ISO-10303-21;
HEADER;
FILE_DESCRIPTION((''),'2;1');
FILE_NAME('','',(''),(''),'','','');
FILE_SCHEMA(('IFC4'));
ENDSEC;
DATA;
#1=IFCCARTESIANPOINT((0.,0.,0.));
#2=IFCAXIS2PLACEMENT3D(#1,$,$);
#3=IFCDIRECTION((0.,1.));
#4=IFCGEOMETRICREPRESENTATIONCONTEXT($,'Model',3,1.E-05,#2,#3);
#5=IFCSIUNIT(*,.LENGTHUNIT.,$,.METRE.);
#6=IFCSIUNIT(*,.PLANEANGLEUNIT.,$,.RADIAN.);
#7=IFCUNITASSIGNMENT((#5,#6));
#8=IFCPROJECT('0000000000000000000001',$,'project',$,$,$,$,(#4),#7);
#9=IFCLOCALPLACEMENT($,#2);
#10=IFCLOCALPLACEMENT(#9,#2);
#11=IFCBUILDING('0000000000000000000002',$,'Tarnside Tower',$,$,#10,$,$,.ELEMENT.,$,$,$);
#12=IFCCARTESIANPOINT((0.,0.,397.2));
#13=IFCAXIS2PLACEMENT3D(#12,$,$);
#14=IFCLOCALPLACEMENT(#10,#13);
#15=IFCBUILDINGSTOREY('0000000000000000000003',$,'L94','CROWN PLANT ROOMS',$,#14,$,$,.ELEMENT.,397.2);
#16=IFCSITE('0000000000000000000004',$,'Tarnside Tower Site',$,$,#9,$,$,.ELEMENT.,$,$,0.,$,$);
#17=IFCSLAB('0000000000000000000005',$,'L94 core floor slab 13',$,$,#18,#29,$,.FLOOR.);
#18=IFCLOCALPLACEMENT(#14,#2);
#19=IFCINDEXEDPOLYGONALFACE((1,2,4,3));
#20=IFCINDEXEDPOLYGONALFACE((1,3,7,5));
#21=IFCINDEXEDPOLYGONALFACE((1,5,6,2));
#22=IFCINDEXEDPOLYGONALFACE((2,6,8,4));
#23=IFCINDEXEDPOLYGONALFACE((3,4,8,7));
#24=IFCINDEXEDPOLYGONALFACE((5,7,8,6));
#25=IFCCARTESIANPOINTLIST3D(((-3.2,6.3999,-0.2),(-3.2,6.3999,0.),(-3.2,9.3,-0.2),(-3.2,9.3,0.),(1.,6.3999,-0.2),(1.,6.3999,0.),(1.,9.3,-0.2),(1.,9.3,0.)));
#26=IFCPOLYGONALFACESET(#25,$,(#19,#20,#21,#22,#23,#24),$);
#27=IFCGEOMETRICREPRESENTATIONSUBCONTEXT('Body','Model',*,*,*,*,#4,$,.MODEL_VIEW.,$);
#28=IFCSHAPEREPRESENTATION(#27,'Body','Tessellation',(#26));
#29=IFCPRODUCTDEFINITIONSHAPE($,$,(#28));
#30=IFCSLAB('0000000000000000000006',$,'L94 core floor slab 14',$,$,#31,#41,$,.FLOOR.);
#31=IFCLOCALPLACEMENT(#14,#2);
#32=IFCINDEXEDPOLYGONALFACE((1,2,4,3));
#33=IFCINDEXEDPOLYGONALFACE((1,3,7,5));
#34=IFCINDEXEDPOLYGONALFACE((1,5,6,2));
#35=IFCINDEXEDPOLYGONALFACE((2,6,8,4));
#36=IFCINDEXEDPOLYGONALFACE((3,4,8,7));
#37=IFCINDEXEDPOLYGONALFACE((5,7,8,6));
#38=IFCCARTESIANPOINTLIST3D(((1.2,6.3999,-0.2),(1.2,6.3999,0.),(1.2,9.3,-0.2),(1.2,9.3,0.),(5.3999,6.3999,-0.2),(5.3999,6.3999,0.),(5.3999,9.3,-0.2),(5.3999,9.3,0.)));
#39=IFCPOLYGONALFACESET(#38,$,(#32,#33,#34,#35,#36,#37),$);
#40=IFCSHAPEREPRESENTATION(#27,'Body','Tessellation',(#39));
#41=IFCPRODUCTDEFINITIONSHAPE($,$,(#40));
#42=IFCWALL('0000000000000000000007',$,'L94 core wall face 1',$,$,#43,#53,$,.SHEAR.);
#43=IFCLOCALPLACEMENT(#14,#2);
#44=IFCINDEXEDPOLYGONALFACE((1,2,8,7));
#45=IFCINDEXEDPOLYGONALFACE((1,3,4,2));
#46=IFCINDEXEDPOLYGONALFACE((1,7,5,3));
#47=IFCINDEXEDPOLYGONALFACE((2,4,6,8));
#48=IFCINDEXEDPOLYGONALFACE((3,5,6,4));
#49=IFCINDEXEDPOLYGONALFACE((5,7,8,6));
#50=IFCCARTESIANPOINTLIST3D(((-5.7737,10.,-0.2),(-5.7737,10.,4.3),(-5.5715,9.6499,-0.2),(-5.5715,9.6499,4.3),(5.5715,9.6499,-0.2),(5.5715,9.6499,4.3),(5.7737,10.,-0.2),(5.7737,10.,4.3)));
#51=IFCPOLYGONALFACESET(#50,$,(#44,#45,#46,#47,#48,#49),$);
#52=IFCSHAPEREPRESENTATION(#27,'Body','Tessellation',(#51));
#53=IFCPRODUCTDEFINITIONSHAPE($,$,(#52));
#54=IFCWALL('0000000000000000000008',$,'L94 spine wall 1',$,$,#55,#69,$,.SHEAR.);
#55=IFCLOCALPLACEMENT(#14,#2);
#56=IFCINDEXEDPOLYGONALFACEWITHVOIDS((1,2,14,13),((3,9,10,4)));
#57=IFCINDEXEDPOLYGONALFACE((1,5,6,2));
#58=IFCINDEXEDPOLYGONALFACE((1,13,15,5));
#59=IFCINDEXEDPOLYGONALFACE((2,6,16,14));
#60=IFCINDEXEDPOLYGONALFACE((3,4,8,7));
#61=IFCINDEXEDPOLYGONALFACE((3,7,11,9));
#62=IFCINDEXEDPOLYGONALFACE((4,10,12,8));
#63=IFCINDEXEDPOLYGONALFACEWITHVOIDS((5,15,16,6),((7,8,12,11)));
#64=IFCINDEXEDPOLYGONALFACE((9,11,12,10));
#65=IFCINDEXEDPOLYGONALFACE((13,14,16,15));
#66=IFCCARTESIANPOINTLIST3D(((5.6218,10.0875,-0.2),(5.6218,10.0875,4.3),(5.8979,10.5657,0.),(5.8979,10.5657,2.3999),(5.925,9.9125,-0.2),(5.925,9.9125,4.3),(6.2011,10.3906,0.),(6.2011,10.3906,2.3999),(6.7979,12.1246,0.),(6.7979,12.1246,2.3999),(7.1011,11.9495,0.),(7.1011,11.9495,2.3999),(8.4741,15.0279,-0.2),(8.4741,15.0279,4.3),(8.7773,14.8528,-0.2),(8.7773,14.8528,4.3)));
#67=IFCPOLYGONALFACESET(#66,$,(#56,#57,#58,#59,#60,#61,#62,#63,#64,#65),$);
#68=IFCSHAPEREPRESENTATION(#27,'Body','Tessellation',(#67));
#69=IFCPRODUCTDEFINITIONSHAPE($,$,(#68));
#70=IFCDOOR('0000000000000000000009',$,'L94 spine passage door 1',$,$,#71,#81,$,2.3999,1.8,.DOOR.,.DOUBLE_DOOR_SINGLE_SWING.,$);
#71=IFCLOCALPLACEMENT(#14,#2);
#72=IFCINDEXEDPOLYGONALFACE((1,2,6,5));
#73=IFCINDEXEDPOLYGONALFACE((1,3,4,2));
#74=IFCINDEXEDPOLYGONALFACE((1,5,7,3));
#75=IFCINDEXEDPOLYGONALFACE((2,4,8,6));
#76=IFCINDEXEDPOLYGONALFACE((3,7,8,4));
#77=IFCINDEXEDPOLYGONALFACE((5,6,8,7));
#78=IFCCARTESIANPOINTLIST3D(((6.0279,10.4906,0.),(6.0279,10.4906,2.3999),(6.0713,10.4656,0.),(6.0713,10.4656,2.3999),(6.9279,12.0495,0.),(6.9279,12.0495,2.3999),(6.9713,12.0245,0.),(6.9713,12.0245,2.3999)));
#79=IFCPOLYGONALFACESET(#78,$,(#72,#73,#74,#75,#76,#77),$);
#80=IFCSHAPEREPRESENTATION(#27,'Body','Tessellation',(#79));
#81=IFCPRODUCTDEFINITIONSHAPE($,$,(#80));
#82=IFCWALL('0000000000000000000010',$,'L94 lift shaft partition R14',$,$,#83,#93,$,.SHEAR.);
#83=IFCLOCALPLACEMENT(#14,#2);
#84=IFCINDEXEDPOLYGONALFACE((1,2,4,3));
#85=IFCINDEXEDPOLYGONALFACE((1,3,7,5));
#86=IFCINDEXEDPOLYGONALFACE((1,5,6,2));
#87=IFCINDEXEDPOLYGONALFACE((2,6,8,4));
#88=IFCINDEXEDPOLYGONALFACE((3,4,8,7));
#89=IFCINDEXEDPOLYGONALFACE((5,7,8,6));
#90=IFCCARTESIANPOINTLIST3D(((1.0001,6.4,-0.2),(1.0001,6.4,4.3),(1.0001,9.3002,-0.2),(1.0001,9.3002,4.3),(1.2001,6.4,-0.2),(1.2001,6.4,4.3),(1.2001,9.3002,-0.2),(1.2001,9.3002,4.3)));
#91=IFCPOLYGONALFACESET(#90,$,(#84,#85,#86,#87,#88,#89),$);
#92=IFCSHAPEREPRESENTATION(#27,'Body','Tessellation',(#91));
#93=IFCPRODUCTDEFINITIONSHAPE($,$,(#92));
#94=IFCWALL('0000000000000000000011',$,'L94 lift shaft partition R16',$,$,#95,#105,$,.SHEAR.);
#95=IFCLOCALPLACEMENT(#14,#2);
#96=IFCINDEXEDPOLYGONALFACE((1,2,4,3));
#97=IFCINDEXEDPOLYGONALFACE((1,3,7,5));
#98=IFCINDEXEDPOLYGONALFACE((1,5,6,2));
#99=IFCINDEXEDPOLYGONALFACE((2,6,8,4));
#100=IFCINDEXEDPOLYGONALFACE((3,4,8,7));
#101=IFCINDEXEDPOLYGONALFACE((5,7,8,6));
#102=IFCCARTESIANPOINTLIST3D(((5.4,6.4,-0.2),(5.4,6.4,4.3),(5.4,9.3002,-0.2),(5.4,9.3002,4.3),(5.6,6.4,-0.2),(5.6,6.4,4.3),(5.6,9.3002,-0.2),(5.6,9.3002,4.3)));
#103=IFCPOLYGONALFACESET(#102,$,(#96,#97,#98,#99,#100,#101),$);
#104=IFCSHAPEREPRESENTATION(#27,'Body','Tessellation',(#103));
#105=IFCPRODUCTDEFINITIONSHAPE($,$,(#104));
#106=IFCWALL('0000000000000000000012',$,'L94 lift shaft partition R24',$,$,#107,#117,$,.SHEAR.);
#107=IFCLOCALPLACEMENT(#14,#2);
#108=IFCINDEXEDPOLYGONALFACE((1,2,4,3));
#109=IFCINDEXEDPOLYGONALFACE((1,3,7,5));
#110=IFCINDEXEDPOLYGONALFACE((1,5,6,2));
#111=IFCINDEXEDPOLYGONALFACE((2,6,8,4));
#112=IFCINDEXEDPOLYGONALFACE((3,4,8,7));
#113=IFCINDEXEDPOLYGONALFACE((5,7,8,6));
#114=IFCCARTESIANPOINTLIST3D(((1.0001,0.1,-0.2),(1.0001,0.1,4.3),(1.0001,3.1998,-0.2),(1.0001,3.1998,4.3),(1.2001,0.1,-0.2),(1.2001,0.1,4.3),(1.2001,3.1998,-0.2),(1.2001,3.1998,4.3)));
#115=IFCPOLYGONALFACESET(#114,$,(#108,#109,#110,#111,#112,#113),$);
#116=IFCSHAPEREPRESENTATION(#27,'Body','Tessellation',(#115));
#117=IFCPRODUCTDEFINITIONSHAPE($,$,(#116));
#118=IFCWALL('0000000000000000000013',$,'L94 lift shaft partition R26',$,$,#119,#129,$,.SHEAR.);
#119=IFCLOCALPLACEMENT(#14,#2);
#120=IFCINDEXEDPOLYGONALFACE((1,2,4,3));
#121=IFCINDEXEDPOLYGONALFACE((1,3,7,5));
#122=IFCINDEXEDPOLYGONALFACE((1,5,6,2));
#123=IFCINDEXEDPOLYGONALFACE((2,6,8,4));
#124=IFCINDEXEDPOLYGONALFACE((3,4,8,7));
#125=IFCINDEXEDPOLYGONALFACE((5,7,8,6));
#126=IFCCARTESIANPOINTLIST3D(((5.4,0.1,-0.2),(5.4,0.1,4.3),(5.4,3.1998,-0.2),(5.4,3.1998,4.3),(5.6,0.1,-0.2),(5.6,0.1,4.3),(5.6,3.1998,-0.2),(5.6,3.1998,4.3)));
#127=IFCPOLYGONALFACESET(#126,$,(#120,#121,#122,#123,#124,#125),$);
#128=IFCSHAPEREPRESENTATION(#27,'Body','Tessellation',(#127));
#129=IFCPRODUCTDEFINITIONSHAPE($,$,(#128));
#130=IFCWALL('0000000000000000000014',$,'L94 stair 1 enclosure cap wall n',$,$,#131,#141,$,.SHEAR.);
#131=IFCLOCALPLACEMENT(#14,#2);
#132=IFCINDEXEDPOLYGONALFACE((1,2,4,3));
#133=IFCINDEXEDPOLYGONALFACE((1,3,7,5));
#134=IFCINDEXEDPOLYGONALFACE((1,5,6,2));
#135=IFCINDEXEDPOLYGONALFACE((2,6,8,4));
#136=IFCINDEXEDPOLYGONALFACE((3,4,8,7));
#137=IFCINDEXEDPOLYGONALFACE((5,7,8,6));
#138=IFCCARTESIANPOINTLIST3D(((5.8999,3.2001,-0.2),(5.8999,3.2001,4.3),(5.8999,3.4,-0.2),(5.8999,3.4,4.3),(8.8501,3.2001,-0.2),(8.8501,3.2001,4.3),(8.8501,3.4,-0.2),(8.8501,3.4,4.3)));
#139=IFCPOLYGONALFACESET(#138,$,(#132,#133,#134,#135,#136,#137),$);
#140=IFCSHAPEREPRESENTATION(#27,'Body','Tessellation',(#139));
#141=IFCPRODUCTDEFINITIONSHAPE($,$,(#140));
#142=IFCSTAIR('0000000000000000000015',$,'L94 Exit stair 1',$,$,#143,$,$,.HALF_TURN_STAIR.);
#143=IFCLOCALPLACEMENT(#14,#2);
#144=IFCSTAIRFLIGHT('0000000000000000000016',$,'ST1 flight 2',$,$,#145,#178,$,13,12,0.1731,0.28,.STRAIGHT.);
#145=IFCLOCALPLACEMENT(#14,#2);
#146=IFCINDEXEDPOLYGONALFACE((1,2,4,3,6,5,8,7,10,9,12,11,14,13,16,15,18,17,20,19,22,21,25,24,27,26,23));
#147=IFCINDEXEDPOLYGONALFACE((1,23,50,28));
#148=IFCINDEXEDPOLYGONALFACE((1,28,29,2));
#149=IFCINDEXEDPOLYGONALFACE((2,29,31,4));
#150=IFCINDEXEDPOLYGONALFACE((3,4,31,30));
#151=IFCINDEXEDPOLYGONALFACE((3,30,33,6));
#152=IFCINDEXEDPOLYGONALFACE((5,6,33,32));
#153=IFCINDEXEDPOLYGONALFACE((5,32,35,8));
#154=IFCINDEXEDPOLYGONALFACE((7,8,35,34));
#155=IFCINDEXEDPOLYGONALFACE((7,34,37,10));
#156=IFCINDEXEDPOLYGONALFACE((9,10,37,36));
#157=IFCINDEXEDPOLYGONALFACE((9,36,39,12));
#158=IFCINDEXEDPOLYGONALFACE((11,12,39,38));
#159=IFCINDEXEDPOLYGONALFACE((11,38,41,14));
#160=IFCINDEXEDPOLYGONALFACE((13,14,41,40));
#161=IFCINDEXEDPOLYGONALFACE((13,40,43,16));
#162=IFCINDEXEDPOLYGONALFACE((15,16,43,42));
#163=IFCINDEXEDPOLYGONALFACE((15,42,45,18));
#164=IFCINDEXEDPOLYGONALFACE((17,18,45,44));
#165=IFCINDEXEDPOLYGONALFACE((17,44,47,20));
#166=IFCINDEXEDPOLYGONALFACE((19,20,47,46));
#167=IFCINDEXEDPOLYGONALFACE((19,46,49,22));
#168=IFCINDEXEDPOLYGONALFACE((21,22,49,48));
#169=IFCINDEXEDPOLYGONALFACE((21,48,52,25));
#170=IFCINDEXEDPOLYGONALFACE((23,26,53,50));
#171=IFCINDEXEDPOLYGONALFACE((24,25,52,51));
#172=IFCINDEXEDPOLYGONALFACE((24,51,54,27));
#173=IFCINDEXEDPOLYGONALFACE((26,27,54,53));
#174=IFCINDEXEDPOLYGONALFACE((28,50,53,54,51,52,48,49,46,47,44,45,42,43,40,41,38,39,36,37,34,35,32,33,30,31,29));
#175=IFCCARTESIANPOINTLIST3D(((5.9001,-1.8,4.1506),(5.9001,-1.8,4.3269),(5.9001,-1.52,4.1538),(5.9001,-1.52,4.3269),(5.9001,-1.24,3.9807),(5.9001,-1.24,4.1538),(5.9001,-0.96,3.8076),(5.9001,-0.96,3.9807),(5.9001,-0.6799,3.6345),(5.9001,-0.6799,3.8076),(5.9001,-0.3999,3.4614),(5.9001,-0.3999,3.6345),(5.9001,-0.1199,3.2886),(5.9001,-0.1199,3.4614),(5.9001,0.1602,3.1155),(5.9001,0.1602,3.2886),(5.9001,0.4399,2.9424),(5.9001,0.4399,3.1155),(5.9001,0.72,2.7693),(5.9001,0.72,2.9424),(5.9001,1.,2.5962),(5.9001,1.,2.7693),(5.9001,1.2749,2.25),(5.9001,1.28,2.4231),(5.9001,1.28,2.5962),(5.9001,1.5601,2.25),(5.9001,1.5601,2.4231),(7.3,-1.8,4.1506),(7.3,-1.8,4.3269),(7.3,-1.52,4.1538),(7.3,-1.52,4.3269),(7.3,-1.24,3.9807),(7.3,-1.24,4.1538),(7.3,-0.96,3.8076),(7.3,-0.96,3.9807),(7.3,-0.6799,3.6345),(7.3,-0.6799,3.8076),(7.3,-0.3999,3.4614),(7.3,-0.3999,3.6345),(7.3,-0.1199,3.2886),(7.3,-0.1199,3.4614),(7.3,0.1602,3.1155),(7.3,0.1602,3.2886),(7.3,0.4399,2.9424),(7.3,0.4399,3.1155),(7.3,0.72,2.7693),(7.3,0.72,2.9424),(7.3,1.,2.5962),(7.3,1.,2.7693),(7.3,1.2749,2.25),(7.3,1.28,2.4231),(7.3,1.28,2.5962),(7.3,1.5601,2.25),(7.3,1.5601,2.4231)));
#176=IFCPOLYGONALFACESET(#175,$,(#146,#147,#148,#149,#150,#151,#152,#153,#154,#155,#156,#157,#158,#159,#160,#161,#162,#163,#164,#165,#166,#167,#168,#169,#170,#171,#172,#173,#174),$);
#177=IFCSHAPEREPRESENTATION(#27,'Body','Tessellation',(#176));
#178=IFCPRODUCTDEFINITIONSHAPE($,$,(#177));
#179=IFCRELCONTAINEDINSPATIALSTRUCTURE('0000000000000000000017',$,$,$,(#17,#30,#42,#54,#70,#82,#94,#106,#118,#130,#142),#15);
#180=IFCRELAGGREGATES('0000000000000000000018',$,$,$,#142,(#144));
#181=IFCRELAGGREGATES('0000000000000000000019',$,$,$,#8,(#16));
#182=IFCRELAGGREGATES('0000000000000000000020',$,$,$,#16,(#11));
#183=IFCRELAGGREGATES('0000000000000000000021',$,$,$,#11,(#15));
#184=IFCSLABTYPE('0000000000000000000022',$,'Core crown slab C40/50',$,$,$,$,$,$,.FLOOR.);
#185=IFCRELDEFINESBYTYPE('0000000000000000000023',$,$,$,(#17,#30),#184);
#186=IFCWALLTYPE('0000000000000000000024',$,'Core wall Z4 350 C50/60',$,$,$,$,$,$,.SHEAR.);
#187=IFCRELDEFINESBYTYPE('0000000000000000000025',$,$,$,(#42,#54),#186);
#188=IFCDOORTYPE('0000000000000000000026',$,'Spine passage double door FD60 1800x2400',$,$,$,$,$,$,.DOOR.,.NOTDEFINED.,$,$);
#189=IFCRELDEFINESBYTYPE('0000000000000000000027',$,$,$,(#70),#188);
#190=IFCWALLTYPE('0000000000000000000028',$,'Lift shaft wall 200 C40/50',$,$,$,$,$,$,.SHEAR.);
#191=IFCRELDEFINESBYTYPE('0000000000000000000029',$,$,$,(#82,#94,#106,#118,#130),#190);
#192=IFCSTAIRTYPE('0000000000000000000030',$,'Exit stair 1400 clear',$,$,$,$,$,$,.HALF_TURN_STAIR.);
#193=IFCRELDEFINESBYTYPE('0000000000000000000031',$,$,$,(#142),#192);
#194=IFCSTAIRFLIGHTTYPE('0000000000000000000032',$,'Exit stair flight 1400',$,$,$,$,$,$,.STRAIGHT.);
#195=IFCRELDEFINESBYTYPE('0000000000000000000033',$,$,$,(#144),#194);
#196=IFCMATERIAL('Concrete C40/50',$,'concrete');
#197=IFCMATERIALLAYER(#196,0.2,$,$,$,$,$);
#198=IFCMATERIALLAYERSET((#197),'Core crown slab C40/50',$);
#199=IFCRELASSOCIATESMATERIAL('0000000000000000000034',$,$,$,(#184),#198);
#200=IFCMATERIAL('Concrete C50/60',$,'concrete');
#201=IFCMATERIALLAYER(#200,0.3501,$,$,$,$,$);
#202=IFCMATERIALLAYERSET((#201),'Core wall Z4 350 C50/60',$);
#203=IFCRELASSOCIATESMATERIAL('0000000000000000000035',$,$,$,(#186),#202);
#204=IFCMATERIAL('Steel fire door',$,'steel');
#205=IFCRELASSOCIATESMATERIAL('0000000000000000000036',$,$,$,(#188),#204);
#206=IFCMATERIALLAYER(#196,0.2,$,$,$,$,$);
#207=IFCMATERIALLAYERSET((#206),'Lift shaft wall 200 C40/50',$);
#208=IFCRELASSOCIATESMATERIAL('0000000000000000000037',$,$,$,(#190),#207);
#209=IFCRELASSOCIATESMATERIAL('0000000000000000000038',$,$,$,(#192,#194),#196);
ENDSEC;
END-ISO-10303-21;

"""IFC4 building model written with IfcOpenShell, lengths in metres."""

from ifc_helpers import new_model, si_unit, direction, frame, frame_2d, origin, place, context, subcontext, project, spatial, polyline, rectangle, outline, extrude, material, layer, layer_set, type_object, element, fill, aggregate, save


model = new_model("IFC4")

# Units and contexts
model_context = context("Model", 3, precision=1e-05, world=origin(), true_north=direction((0.0, 1.0)))
body_context = subcontext(model_context, "Body", "Model", "MODEL_VIEW")
ifc_project = project(units=[si_unit("LENGTHUNIT", "METRE"), si_unit("PLANEANGLEUNIT", "RADIAN")], contexts=[model_context])

# Site, building, storey
site_placement = place(None, origin())
site = spatial("IfcSite", under=ifc_project, at=site_placement, Name="Tarnside Tower Site", CompositionType="ELEMENT", RefElevation=0.0)
building_placement = place(site_placement, origin())
building = spatial("IfcBuilding", under=site, at=building_placement, Name="Tarnside Tower", CompositionType="ELEMENT")
storey_placement = place(building_placement, frame((0.0, 0.0, 397.2)))
storey = spatial("IfcBuildingStorey", under=building, at=storey_placement, Name="L94", Description="CROWN PLANT ROOMS", CompositionType="ELEMENT", Elevation=397.2)

# Slabs
ifc_material_1 = material(Name="Concrete C40/50", Category="concrete")
ifc_layer_1 = layer(ifc_material_1, 0.2)
ifc_layer_set_1 = layer_set([ifc_layer_1], Name="Core crown slab C40/50")
slab_type = type_object("IfcSlabType", Name="Core crown slab C40/50", PredefinedType="FLOOR", material=ifc_layer_set_1)
slab_1_placement = place(storey_placement, frame((0.0, 0.0, -0.2)))
element("IfcSlab", 1, at=slab_1_placement, inside=storey, type_object=slab_type, Name="L94 core floor slab 13", PredefinedType="FLOOR", context=body_context, shape_type="SweptSolid", body=[
    extrude(outline(polyline([(1.0, 9.3), (1.0, 6.3999), (-3.2, 6.3999), (-3.2, 9.3), (1.0, 9.3)])), origin(), (0.0, 0.0, 1.0), 0.2),
])
slab_2_placement = place(storey_placement, frame((0.0, 0.0, -0.2)))
element("IfcSlab", 2, at=slab_2_placement, inside=storey, type_object=slab_type, Name="L94 core floor slab 14", PredefinedType="FLOOR", context=body_context, shape_type="SweptSolid", body=[
    extrude(outline(polyline([(5.3999, 6.3999), (1.2, 6.3999), (1.2, 9.3), (5.3999, 9.3), (5.3999, 6.3999)])), origin(), (0.0, 0.0, 1.0), 0.2),
])

# Wall
ifc_material_2 = material(Name="Concrete C50/60", Category="concrete")
ifc_layer_2 = layer(ifc_material_2, 0.3501)
ifc_layer_set_2 = layer_set([ifc_layer_2], Name="Core wall Z4 350 C50/60")
wall_type_1 = type_object("IfcWallType", Name="Core wall Z4 350 C50/60", PredefinedType="SHEAR", material=ifc_layer_set_2)
wall_1_placement = place(storey_placement, frame((5.6726, 9.825, -0.2), z_axis=(0.0, 0.0, 1.0), x_axis=(-1.0, 0.0, 0.0)))
element("IfcWall", 3, at=wall_1_placement, inside=storey, type_object=wall_type_1, Name="L94 core wall face 1", PredefinedType="SHEAR", context=body_context, shape_type="SweptSolid", body=[
    extrude(outline(polyline([(-0.1011, -0.175), (11.4463, -0.175), (11.2441, 0.175), (0.1011, 0.175), (-0.1011, -0.175)])), origin(), (0.0, 0.0, 1.0), 4.5),
])

# Wall, opening, door
wall_2_placement = place(storey_placement, frame((5.7734, 10.0, -0.2), z_axis=(0.0, 0.0, 1.0), x_axis=(0.499992, 0.86603, 0.0)))
wall_2 = element("IfcWall", 4, at=wall_2_placement, inside=storey, type_object=wall_type_1, Name="L94 spine wall 1", PredefinedType="SHEAR", context=body_context, shape_type="SweptSolid", body=[
    extrude(rectangle(XDim=5.7046, YDim=0.3501, at=frame_2d((2.8523, 0.0))), origin(), (0.0, 0.0, 1.0), 4.5),
])
opening_placement = place(wall_2_placement, frame((0.5522, 0.0, 0.2)))
opening = element("IfcOpeningElement", 5, at=opening_placement, cuts=wall_2, PredefinedType="OPENING", context=body_context, shape_type="SweptSolid", body=[
    extrude(rectangle(XDim=1.8, YDim=2.3999, at=frame_2d((0.8999, 1.2))), frame((0.0, 0.1851, 0.0), z_axis=(0.0, -1.0, 0.0), x_axis=(1.0, 0.0, 0.0)), (0.0, 0.0, 1.0), 0.3701),
])
ifc_material_3 = material(Name="Steel fire door", Category="steel")
door_type = type_object("IfcDoorType", Name="Spine passage double door FD60 1800x2400", OperationType="NOTDEFINED", PredefinedType="DOOR", material=ifc_material_3)
door_placement = place(opening_placement, origin())
door = element("IfcDoor", 6, at=door_placement, inside=storey, type_object=door_type, Name="L94 spine passage door 1", OperationType="DOUBLE_DOOR_SINGLE_SWING", OverallHeight=2.3999, OverallWidth=1.8, PredefinedType="DOOR", context=body_context, shape_type="SweptSolid", body=[
    extrude(rectangle(XDim=1.8, YDim=2.3999, at=frame_2d((0.8999, 1.2))), frame((0.0, 0.0249, 0.0), z_axis=(0.0, -1.0, 0.0), x_axis=(1.0, 0.0, 0.0)), (0.0, 0.0, 1.0), 0.05),
])
fill(opening, door)

# Walls
ifc_layer_3 = layer(ifc_material_1, 0.2)
ifc_layer_set_3 = layer_set([ifc_layer_3], Name="Lift shaft wall 200 C40/50")
wall_type_2 = type_object("IfcWallType", Name="Lift shaft wall 200 C40/50", PredefinedType="SHEAR", material=ifc_layer_set_3)
for number, where, z_axis, x_axis, name in (
    (7, (1.1001, 6.3999, -0.2), (0.0, 0.0, 1.0), (0.0, 1.0, 0.0), "L94 lift shaft partition R14"),
    (8, (5.5, 6.3999, -0.2), (0.0, 0.0, 1.0), (0.0, 1.0, 0.0), "L94 lift shaft partition R16"),
):
    element("IfcWall", number, at=place(storey_placement, frame(where, z_axis=z_axis, x_axis=x_axis)), inside=storey, type_object=wall_type_2, Name=name, PredefinedType="SHEAR", context=body_context, shape_type="SweptSolid", body=[
        extrude(rectangle(XDim=2.9001, YDim=0.2, at=frame_2d((1.4502, 0.0))), origin(), (0.0, 0.0, 1.0), 4.5),
    ])
for number, where, z_axis, x_axis, name in (
    (9, (1.1001, 0.1001, -0.2), (0.0, 0.0, 1.0), (0.0, 1.0, 0.0), "L94 lift shaft partition R24"),
    (10, (5.5, 0.1001, -0.2), (0.0, 0.0, 1.0), (0.0, 1.0, 0.0), "L94 lift shaft partition R26"),
):
    element("IfcWall", number, at=place(storey_placement, frame(where, z_axis=z_axis, x_axis=x_axis)), inside=storey, type_object=wall_type_2, Name=name, PredefinedType="SHEAR", context=body_context, shape_type="SweptSolid", body=[
        extrude(rectangle(XDim=3.0999, YDim=0.2, at=frame_2d((1.5498, 0.0))), origin(), (0.0, 0.0, 1.0), 4.5),
    ])
wall_3_placement = place(storey_placement, frame((5.8999, 3.3, -0.2), z_axis=(0.0, 0.0, 1.0), x_axis=(1.0, 0.0, 0.0)))
element("IfcWall", 11, at=wall_3_placement, inside=storey, type_object=wall_type_2, Name="L94 stair 1 enclosure cap wall n", PredefinedType="SHEAR", context=body_context, shape_type="SweptSolid", body=[
    extrude(rectangle(XDim=2.9502, YDim=0.2, at=frame_2d((1.4751, 0.0))), origin(), (0.0, 0.0, 1.0), 4.5),
])

# Stair, stair flight
stair_type = type_object("IfcStairType", Name="Exit stair 1400 clear", PredefinedType="HALF_TURN_STAIR", material=ifc_material_1)
stair_placement = place(storey_placement, origin())
stair = element("IfcStair", 12, at=stair_placement, inside=storey, type_object=stair_type, Name="L94 Exit stair 1", PredefinedType="HALF_TURN_STAIR")
stair_flight_type = type_object("IfcStairFlightType", Name="Exit stair flight 1400", PredefinedType="STRAIGHT", material=ifc_material_1)
stair_flight_placement = place(storey_placement, frame((6.6001, 1.5601, 2.25), z_axis=(0.0, 0.0, 1.0), x_axis=(0.0, -1.0, 0.0)))
stair_flight = element("IfcStairFlight", 13, at=stair_flight_placement, type_object=stair_flight_type, Name="ST1 flight 2", NumberOfRisers=13, NumberOfTreads=12, PredefinedType="STRAIGHT", RiserHeight=0.1731, TreadLength=0.28, context=body_context, shape_type="SweptSolid", body=[
    extrude(outline(polyline([(0.0, 0.0), (0.0, 0.1731), (0.28, 0.1731), (0.28, 0.3462), (0.5601, 0.3462), (0.5601, 0.5193), (0.8401, 0.5193), (0.8401, 0.6924), (1.1201, 0.6924), (1.1201, 0.8655), (1.3999, 0.8655), (1.3999, 1.0386), (1.6799, 1.0386), (1.6799, 1.2114), (1.96, 1.2114), (1.96, 1.3845), (2.24, 1.3845), (2.24, 1.5576), (2.52, 1.5576), (2.52, 1.7307), (2.8, 1.7307), (2.8, 1.9038), (3.0801, 1.9038), (3.0801, 2.0769), (3.3601, 2.0769), (3.3601, 2.25), (3.3601, 1.9006), (0.2852, 0.0), (0.0, 0.0)])), frame((0.0, 0.7, 0.0), z_axis=(0.0, -1.0, 0.0), x_axis=(1.0, 0.0, 0.0)), (0.0, 0.0, 1.0), 1.3999),
])
aggregate(stair, [stair_flight])

save(model, "model.ifc")
